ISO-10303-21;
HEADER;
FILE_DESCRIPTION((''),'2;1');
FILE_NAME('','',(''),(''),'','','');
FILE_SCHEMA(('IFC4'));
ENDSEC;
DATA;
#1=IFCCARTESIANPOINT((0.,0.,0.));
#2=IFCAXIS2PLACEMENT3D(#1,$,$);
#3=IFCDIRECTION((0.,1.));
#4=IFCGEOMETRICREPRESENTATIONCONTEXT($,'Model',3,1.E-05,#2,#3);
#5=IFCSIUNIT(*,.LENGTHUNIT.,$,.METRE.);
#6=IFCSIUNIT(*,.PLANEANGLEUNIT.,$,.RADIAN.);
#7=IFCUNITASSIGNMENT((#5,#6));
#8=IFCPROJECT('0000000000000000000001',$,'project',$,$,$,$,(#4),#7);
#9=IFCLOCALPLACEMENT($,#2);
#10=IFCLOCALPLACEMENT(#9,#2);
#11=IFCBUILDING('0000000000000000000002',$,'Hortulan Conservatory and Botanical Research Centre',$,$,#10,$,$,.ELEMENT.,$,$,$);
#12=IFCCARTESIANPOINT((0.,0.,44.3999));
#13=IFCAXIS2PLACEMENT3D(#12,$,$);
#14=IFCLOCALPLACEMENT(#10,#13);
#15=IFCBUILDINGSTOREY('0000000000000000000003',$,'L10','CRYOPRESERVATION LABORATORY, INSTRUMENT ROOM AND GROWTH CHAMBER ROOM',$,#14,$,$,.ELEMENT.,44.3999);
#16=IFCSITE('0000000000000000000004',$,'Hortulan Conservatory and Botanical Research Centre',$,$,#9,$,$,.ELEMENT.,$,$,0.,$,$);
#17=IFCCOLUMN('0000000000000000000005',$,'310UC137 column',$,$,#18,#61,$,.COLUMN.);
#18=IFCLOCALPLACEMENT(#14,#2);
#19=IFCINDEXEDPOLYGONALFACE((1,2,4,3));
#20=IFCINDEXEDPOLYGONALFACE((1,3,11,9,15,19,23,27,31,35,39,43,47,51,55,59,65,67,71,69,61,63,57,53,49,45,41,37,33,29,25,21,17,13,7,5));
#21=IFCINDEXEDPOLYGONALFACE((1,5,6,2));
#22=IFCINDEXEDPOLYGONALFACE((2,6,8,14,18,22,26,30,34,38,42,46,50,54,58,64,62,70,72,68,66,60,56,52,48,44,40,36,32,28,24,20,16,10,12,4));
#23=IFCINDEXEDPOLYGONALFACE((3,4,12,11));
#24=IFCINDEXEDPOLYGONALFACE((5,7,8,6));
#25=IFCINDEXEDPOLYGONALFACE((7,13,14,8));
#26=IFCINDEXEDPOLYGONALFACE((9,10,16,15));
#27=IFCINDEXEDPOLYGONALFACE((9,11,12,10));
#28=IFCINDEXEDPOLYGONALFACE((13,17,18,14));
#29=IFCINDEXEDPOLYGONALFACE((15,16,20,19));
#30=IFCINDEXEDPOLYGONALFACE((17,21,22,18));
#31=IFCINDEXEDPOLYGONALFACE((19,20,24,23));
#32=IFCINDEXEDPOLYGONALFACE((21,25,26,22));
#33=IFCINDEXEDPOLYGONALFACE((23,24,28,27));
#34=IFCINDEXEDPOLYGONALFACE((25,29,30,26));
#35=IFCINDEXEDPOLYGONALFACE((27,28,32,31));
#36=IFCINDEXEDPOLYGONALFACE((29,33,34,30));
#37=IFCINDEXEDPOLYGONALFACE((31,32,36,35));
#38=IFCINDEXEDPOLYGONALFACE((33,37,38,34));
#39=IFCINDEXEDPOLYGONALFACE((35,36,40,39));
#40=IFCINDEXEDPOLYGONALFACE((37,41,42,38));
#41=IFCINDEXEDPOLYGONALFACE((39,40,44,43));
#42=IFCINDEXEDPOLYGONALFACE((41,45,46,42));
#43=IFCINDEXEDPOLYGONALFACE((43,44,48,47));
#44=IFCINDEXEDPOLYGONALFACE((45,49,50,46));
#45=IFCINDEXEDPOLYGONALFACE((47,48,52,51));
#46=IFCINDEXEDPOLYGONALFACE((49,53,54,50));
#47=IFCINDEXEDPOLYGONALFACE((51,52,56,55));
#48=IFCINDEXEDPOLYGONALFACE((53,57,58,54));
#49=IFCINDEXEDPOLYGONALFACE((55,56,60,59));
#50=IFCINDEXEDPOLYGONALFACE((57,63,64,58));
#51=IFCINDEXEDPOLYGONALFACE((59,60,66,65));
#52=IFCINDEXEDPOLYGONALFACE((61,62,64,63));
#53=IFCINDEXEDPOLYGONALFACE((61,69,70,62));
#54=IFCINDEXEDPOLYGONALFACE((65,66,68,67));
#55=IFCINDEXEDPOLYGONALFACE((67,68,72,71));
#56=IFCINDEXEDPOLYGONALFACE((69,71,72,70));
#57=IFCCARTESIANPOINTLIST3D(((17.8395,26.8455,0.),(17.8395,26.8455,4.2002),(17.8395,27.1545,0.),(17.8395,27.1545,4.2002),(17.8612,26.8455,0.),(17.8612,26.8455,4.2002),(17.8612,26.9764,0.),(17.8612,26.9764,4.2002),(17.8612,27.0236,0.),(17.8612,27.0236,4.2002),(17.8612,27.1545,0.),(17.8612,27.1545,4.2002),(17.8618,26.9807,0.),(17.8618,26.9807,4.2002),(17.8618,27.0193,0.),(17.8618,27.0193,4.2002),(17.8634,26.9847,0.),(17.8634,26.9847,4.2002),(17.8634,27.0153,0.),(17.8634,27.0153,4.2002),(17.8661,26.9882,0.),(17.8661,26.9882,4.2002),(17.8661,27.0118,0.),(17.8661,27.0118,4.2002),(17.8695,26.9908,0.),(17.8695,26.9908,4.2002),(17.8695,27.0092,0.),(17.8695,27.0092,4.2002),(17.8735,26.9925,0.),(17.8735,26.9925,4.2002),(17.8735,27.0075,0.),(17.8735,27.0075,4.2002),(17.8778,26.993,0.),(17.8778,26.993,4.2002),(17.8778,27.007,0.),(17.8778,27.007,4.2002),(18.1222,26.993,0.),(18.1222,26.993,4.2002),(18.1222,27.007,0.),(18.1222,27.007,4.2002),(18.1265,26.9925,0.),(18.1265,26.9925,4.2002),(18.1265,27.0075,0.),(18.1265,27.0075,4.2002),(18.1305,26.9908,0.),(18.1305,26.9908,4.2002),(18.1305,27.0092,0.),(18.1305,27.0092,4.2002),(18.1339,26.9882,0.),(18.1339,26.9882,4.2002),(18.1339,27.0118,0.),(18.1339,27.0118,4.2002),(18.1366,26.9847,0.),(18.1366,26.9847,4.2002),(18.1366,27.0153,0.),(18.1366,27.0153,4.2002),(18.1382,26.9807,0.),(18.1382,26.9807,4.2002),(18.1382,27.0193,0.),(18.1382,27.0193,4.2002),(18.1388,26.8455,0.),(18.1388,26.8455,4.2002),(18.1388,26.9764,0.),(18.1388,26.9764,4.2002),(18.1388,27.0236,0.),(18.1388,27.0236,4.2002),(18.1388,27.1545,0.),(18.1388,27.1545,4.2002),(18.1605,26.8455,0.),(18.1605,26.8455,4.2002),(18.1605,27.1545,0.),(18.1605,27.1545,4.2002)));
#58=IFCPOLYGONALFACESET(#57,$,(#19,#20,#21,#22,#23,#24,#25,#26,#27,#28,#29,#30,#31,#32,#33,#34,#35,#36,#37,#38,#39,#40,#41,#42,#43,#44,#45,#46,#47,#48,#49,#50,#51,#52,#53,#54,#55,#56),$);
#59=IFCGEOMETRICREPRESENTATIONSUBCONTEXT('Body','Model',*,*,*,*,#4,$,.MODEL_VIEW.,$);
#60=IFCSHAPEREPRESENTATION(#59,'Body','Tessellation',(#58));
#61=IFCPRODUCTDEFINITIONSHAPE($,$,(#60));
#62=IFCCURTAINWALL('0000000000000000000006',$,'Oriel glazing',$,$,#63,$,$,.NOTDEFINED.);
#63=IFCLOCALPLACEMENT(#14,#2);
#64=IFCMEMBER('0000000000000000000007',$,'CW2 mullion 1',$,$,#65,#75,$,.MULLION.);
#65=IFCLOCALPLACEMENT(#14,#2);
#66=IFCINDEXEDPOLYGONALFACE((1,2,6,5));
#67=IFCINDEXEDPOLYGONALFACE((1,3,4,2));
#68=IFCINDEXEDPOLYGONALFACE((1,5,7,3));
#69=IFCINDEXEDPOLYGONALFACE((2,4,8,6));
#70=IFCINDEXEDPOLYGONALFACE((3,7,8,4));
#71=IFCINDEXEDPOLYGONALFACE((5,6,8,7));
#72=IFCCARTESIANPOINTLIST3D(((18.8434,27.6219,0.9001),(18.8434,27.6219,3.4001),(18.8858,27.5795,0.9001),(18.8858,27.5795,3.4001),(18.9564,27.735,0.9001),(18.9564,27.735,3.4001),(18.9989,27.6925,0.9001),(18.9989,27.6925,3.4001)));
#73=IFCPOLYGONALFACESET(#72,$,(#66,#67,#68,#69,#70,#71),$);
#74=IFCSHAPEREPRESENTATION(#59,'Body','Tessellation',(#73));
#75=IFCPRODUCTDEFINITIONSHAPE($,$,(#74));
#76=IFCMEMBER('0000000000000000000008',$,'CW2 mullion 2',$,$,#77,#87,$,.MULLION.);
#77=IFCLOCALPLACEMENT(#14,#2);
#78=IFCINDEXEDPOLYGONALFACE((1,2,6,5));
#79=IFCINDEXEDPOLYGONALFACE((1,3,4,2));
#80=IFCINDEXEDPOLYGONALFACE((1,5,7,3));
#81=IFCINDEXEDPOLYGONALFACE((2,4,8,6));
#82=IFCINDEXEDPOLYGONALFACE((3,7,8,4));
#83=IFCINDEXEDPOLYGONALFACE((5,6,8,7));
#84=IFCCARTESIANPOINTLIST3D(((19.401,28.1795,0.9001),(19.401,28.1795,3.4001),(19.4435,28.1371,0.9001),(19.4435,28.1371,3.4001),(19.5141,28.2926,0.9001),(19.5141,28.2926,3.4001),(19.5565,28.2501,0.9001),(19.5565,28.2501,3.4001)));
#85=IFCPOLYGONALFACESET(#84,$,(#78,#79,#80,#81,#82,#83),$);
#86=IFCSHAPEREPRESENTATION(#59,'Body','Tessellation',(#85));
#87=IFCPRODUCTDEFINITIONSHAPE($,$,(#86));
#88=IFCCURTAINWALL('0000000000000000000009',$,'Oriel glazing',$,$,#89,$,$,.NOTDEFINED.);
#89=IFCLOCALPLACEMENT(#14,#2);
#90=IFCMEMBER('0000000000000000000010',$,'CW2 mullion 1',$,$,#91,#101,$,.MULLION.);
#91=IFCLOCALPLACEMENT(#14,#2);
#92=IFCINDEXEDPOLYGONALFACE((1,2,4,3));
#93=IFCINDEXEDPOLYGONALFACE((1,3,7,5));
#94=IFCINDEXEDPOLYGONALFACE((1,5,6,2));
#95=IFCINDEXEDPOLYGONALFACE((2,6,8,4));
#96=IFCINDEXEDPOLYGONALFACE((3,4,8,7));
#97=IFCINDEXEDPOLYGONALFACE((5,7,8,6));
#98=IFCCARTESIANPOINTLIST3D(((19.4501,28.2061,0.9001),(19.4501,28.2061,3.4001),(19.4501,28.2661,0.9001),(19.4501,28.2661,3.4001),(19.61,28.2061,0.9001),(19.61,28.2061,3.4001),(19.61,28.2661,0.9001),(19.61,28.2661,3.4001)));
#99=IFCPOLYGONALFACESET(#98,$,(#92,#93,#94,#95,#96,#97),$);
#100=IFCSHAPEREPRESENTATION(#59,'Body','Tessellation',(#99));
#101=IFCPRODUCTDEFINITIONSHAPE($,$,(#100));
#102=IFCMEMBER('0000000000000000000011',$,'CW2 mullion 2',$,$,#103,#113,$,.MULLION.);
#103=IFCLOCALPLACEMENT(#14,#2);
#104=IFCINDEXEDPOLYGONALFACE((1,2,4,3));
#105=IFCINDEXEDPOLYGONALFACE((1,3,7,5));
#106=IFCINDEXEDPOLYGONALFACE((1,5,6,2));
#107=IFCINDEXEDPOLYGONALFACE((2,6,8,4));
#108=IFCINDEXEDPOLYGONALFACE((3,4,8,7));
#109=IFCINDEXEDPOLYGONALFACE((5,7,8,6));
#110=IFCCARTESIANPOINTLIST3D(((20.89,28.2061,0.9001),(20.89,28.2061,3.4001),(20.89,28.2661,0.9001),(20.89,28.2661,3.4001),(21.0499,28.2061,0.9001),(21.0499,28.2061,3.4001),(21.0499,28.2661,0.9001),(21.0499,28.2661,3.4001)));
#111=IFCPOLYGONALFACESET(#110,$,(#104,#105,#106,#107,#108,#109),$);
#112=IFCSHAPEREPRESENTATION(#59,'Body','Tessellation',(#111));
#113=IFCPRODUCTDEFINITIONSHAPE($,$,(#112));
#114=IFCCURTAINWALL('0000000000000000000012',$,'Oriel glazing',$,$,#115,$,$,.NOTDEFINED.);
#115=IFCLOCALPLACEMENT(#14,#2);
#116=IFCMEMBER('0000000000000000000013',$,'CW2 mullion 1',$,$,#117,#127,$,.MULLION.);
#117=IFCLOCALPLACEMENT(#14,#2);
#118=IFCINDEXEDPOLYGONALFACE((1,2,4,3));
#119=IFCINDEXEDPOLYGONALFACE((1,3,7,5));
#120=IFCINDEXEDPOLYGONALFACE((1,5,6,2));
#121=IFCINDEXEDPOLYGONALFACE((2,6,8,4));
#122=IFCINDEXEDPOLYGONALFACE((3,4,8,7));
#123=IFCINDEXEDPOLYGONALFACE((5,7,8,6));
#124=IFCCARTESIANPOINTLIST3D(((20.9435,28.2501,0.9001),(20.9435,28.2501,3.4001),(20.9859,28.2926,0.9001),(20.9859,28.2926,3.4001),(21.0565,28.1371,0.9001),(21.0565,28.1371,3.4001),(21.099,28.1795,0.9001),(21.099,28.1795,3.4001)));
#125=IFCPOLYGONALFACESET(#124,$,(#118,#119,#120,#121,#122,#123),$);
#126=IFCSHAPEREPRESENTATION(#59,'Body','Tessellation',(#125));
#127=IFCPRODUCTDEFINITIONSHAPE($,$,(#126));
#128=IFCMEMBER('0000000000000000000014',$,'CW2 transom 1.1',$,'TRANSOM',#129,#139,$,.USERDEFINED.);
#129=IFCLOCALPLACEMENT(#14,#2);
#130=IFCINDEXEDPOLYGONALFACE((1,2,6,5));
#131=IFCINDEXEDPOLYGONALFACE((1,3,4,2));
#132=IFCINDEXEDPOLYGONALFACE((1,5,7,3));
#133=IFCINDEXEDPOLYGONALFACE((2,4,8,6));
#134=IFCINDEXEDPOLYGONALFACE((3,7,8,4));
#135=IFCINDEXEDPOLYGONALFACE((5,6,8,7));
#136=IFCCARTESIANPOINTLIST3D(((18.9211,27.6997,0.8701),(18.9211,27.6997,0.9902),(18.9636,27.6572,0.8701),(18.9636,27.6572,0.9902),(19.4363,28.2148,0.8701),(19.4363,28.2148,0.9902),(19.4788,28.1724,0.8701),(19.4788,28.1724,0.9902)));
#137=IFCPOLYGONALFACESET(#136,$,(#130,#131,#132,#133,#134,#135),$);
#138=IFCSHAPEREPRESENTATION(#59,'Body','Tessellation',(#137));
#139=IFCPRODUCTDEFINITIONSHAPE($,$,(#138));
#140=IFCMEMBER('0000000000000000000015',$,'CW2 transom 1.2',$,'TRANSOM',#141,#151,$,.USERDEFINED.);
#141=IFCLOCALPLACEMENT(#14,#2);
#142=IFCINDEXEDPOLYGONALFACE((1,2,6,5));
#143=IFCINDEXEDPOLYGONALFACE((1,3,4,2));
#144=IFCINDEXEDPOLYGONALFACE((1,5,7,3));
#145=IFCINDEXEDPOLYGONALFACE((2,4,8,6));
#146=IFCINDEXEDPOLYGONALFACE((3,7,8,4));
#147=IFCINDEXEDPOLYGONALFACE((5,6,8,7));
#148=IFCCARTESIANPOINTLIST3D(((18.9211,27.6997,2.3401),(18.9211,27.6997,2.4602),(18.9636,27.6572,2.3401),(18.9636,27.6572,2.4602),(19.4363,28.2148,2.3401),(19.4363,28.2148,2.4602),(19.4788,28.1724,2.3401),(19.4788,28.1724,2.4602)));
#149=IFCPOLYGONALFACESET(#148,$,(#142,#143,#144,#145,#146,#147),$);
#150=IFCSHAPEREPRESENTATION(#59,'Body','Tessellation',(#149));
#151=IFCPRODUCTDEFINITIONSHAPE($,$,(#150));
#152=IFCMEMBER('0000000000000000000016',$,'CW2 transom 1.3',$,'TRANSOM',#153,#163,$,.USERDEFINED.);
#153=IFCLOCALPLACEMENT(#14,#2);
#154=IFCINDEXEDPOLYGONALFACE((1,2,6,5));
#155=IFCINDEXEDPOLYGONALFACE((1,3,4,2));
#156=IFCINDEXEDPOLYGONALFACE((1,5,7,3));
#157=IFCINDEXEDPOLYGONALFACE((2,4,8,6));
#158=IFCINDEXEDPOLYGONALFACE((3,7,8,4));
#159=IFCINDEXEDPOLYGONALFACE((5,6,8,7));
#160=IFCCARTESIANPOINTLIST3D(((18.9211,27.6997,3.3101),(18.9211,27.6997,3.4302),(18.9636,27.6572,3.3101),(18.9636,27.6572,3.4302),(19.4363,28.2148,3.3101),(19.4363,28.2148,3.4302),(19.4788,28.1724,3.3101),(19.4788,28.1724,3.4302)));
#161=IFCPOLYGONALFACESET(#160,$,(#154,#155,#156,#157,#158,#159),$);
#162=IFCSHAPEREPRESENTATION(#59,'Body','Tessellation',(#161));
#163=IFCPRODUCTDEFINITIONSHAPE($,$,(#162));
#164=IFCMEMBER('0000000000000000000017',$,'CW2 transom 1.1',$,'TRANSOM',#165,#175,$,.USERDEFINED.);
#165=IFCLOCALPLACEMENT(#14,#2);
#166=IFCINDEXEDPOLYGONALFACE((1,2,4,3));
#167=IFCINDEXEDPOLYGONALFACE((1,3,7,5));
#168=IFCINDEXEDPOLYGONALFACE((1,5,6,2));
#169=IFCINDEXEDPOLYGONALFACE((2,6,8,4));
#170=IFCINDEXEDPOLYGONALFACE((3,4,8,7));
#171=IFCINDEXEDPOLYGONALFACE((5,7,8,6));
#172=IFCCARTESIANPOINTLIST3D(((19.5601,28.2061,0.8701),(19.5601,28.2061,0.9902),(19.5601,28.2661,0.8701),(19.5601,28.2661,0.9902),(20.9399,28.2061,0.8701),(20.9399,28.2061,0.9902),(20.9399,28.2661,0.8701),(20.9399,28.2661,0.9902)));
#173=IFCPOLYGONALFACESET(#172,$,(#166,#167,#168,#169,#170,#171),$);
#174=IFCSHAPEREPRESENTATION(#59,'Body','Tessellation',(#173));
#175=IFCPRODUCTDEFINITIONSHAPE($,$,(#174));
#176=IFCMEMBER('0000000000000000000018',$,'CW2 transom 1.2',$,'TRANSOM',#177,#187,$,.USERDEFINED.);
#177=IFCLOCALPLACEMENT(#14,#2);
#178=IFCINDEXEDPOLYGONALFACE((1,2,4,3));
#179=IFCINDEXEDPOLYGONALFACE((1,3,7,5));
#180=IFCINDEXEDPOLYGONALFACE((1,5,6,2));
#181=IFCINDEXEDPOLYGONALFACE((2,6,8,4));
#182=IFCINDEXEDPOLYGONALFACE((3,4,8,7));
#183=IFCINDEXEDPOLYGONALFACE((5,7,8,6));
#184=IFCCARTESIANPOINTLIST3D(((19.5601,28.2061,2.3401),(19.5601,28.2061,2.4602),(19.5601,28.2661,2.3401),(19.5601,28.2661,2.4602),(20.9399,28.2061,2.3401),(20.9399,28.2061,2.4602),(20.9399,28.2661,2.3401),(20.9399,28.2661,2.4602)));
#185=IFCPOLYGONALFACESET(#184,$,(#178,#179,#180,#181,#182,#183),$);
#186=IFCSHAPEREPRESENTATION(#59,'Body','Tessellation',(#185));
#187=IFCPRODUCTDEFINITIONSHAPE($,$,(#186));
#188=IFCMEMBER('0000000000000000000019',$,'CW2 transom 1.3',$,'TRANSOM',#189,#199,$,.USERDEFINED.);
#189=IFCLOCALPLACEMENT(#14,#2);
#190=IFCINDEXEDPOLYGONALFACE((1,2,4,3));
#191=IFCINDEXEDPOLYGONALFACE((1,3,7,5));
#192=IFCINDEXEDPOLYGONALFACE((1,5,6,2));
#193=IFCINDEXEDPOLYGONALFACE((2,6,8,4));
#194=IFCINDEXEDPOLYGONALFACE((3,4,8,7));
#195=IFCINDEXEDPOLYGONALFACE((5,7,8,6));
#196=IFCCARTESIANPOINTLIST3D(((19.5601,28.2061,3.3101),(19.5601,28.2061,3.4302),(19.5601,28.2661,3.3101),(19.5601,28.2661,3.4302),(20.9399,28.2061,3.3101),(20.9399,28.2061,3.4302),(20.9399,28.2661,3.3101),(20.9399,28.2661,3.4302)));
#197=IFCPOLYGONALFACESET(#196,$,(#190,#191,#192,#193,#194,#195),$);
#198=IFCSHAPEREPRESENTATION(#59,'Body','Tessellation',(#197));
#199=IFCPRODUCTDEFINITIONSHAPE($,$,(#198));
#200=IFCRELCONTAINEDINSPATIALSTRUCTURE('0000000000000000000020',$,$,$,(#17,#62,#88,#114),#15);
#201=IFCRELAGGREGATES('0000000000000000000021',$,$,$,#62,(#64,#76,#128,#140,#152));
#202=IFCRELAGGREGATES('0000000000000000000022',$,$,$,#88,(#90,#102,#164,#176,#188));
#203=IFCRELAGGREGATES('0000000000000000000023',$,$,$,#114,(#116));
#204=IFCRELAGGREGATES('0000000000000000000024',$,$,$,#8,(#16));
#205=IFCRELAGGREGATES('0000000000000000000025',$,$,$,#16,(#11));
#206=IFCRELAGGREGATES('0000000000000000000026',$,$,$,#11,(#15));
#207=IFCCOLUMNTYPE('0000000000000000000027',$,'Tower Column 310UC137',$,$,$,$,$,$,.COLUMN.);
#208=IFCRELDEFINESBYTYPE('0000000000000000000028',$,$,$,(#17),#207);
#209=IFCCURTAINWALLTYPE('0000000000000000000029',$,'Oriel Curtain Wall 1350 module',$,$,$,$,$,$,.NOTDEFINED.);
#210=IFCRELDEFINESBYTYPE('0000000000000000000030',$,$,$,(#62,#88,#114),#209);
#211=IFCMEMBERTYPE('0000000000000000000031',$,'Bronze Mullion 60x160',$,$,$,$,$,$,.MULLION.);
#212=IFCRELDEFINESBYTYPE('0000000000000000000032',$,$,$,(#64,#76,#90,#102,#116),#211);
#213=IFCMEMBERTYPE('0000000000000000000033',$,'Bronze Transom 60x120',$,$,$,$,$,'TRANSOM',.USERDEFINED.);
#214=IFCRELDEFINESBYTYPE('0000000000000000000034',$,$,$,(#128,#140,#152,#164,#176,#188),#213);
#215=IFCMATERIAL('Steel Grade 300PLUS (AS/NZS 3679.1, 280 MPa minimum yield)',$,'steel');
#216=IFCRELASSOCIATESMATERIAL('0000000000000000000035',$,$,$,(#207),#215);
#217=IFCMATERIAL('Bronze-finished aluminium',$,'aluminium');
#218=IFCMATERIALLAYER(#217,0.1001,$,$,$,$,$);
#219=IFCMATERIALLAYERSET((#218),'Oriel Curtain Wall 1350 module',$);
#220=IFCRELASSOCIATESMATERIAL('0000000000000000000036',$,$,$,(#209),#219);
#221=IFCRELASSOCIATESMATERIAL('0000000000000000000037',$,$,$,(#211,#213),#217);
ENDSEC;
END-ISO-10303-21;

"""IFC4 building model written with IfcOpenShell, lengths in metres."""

from ifc_helpers import new_model, si_unit, direction, frame, origin, origin_2d, place, context, subcontext, project, spatial, rectangle, i_section, extrude, material, layer, layer_set, material_profile, profile_set, type_object, element, aggregate, save


model = new_model("IFC4")

# Units and contexts
model_context = context("Model", 3, precision=1e-05, world=origin(), true_north=direction((0.0, 1.0)))
body_context = subcontext(model_context, "Body", "Model", "MODEL_VIEW")
ifc_project = project(units=[si_unit("LENGTHUNIT", "METRE"), si_unit("PLANEANGLEUNIT", "RADIAN")], contexts=[model_context])

# Site, building, storey
site_placement = place(None, origin())
site = spatial("IfcSite", under=ifc_project, at=site_placement, Name="Hortulan Conservatory and Botanical Research Centre", CompositionType="ELEMENT", RefElevation=0.0)
building_placement = place(site_placement, origin())
building = spatial("IfcBuilding", under=site, at=building_placement, Name="Hortulan Conservatory and Botanical Research Centre", CompositionType="ELEMENT")
storey_placement = place(building_placement, frame((0.0, 0.0, 44.3999)))
storey = spatial("IfcBuildingStorey", under=building, at=storey_placement, Name="L10", Description="CRYOPRESERVATION LABORATORY, INSTRUMENT ROOM AND GROWTH CHAMBER ROOM", CompositionType="ELEMENT", Elevation=44.3999)

# Column
ifc_material_1 = material(Name="Steel Grade 300PLUS (AS/NZS 3679.1, 280 MPa minimum yield)", Category="steel")
ifc_material_profile_1 = material_profile(ifc_material_1, i_section(OverallWidth=0.3091, OverallDepth=0.321, WebThickness=0.0139, FlangeThickness=0.0217, FilletRadius=0.0166, at=origin_2d()), Name="310UC137")
ifc_profile_set_1 = profile_set([ifc_material_profile_1], Name="Steel Grade 300PLUS (AS/NZS 3679.1, 280 MPa minimum yield)")
column_type = type_object("IfcColumnType", Name="Tower Column 310UC137", PredefinedType="COLUMN", material=ifc_profile_set_1)
column_placement = place(storey_placement, frame((18.0, 27.0, 0.0), z_axis=(0.0, 0.0, 1.0), x_axis=(0.0, 1.0, 0.0)))
element("IfcColumn", 1, at=column_placement, inside=storey, type_object=column_type, Name="310UC137 column", PredefinedType="COLUMN", context=body_context, shape_type="SweptSolid", body=[
    extrude(i_section(OverallWidth=0.3091, OverallDepth=0.321, WebThickness=0.0139, FlangeThickness=0.0217, FilletRadius=0.0166, at=origin_2d()), origin(), (0.0, 0.0, 1.0), 4.2002),
])

# Curtain walls, members
ifc_material_2 = material(Name="Bronze-finished aluminium", Category="aluminium")
ifc_layer_1 = layer(ifc_material_2, 0.1001)
ifc_layer_set_1 = layer_set([ifc_layer_1], Name="Oriel Curtain Wall 1350 module")
curtain_wall_type = type_object("IfcCurtainWallType", Name="Oriel Curtain Wall 1350 module", PredefinedType="NOTDEFINED", material=ifc_layer_set_1)
curtain_wall_1_placement = place(storey_placement, origin())
curtain_wall_1 = element("IfcCurtainWall", 2, at=curtain_wall_1_placement, inside=storey, type_object=curtain_wall_type, Name="Oriel glazing", PredefinedType="NOTDEFINED")
ifc_material_profile_2 = material_profile(ifc_material_2, rectangle(XDim=0.0601, YDim=0.1599, at=origin_2d()), Name="Bronze Mullion 60x160")
ifc_profile_set_2 = profile_set([ifc_material_profile_2], Name="Bronze-finished aluminium")
member_type_1 = type_object("IfcMemberType", Name="Bronze Mullion 60x160", PredefinedType="MULLION", material=ifc_profile_set_2)
member_1_placement = place(storey_placement, frame((18.9211, 27.6572, 0.9001), z_axis=(0.0, 0.0, 1.0), x_axis=(-0.707107, 0.707107, 0.0)))
member_1 = element("IfcMember", 3, at=member_1_placement, type_object=member_type_1, Name="CW2 mullion 1", PredefinedType="MULLION", context=body_context, shape_type="SweptSolid", body=[
    extrude(rectangle(XDim=0.0601, YDim=0.1599, at=origin_2d()), origin(), (0.0, 0.0, 1.0), 2.5),
])
member_2_placement = place(storey_placement, frame((19.4788, 28.2148, 0.9001), z_axis=(0.0, 0.0, 1.0), x_axis=(-0.707107, 0.707107, 0.0)))
member_2 = element("IfcMember", 4, at=member_2_placement, type_object=member_type_1, Name="CW2 mullion 2", PredefinedType="MULLION", context=body_context, shape_type="SweptSolid", body=[
    extrude(rectangle(XDim=0.0601, YDim=0.1599, at=origin_2d()), origin(), (0.0, 0.0, 1.0), 2.5),
])
curtain_wall_2_placement = place(storey_placement, origin())
curtain_wall_2 = element("IfcCurtainWall", 5, at=curtain_wall_2_placement, inside=storey, type_object=curtain_wall_type, Name="Oriel glazing", PredefinedType="NOTDEFINED")
member_3_placement = place(storey_placement, frame((19.53, 28.2361, 0.9001), z_axis=(0.0, 0.0, 1.0), x_axis=(0.0, 1.0, 0.0)))
member_3 = element("IfcMember", 6, at=member_3_placement, type_object=member_type_1, Name="CW2 mullion 1", PredefinedType="MULLION", context=body_context, shape_type="SweptSolid", body=[
    extrude(rectangle(XDim=0.0601, YDim=0.1599, at=origin_2d()), origin(), (0.0, 0.0, 1.0), 2.5),
])
member_4_placement = place(storey_placement, frame((20.97, 28.2361, 0.9001), z_axis=(0.0, 0.0, 1.0), x_axis=(0.0, 1.0, 0.0)))
member_4 = element("IfcMember", 7, at=member_4_placement, type_object=member_type_1, Name="CW2 mullion 2", PredefinedType="MULLION", context=body_context, shape_type="SweptSolid", body=[
    extrude(rectangle(XDim=0.0601, YDim=0.1599, at=origin_2d()), origin(), (0.0, 0.0, 1.0), 2.5),
])

# Curtain wall, member
curtain_wall_3_placement = place(storey_placement, origin())
curtain_wall_3 = element("IfcCurtainWall", 8, at=curtain_wall_3_placement, inside=storey, type_object=curtain_wall_type, Name="Oriel glazing", PredefinedType="NOTDEFINED")
member_5_placement = place(storey_placement, frame((21.0212, 28.2148, 0.9001), z_axis=(0.0, 0.0, 1.0), x_axis=(0.707107, 0.707107, 0.0)))
member_5 = element("IfcMember", 9, at=member_5_placement, type_object=member_type_1, Name="CW2 mullion 1", PredefinedType="MULLION", context=body_context, shape_type="SweptSolid", body=[
    extrude(rectangle(XDim=0.0601, YDim=0.1599, at=origin_2d()), origin(), (0.0, 0.0, 1.0), 2.5),
])

# Members
ifc_material_profile_3 = material_profile(ifc_material_2, rectangle(XDim=0.0601, YDim=0.1201, at=origin_2d()), Name="Bronze Transom 60x120")
ifc_profile_set_3 = profile_set([ifc_material_profile_3], Name="Bronze-finished aluminium")
member_type_2 = type_object("IfcMemberType", Name="Bronze Transom 60x120", ElementType="TRANSOM", PredefinedType="USERDEFINED", material=ifc_profile_set_3)
member_6_placement = place(storey_placement, frame((18.9424, 27.6785, 0.9302), z_axis=(0.707107, 0.707107, 0.0), x_axis=(-0.707107, 0.707107, 0.0)))
member_6 = element("IfcMember", 10, at=member_6_placement, type_object=member_type_2, Name="CW2 transom 1.1", ObjectType="TRANSOM", PredefinedType="USERDEFINED", context=body_context, shape_type="SweptSolid", body=[
    extrude(rectangle(XDim=0.0601, YDim=0.1201, at=origin_2d()), origin(), (0.0, 0.0, 1.0), 0.7285),
])
member_7_placement = place(storey_placement, frame((18.9424, 27.6785, 2.4001), z_axis=(0.707107, 0.707107, 0.0), x_axis=(-0.707107, 0.707107, 0.0)))
member_7 = element("IfcMember", 11, at=member_7_placement, type_object=member_type_2, Name="CW2 transom 1.2", ObjectType="TRANSOM", PredefinedType="USERDEFINED", context=body_context, shape_type="SweptSolid", body=[
    extrude(rectangle(XDim=0.0601, YDim=0.1201, at=origin_2d()), origin(), (0.0, 0.0, 1.0), 0.7285),
])
member_8_placement = place(storey_placement, frame((18.9424, 27.6785, 3.3701), z_axis=(0.707107, 0.707107, 0.0), x_axis=(-0.707107, 0.707107, 0.0)))
member_8 = element("IfcMember", 12, at=member_8_placement, type_object=member_type_2, Name="CW2 transom 1.3", ObjectType="TRANSOM", PredefinedType="USERDEFINED", context=body_context, shape_type="SweptSolid", body=[
    extrude(rectangle(XDim=0.0601, YDim=0.1201, at=origin_2d()), origin(), (0.0, 0.0, 1.0), 0.7285),
])
member_9_placement = place(storey_placement, frame((19.5601, 28.2361, 0.9302), z_axis=(1.0, 0.0, 0.0), x_axis=(0.0, 1.0, 0.0)))
member_9 = element("IfcMember", 13, at=member_9_placement, type_object=member_type_2, Name="CW2 transom 1.1", ObjectType="TRANSOM", PredefinedType="USERDEFINED", context=body_context, shape_type="SweptSolid", body=[
    extrude(rectangle(XDim=0.0601, YDim=0.1201, at=origin_2d()), origin(), (0.0, 0.0, 1.0), 1.3799),
])
member_10_placement = place(storey_placement, frame((19.5601, 28.2361, 2.4001), z_axis=(1.0, 0.0, 0.0), x_axis=(0.0, 1.0, 0.0)))
member_10 = element("IfcMember", 14, at=member_10_placement, type_object=member_type_2, Name="CW2 transom 1.2", ObjectType="TRANSOM", PredefinedType="USERDEFINED", context=body_context, shape_type="SweptSolid", body=[
    extrude(rectangle(XDim=0.0601, YDim=0.1201, at=origin_2d()), origin(), (0.0, 0.0, 1.0), 1.3799),
])
member_11_placement = place(storey_placement, frame((19.5601, 28.2361, 3.3701), z_axis=(1.0, 0.0, 0.0), x_axis=(0.0, 1.0, 0.0)))
member_11 = element("IfcMember", 15, at=member_11_placement, type_object=member_type_2, Name="CW2 transom 1.3", ObjectType="TRANSOM", PredefinedType="USERDEFINED", context=body_context, shape_type="SweptSolid", body=[
    extrude(rectangle(XDim=0.0601, YDim=0.1201, at=origin_2d()), origin(), (0.0, 0.0, 1.0), 1.3799),
])

aggregate(curtain_wall_1, [member_1, member_2, member_6, member_7, member_8])
aggregate(curtain_wall_2, [member_3, member_4, member_9, member_10, member_11])
aggregate(curtain_wall_3, [member_5])

save(model, "model.ifc")
